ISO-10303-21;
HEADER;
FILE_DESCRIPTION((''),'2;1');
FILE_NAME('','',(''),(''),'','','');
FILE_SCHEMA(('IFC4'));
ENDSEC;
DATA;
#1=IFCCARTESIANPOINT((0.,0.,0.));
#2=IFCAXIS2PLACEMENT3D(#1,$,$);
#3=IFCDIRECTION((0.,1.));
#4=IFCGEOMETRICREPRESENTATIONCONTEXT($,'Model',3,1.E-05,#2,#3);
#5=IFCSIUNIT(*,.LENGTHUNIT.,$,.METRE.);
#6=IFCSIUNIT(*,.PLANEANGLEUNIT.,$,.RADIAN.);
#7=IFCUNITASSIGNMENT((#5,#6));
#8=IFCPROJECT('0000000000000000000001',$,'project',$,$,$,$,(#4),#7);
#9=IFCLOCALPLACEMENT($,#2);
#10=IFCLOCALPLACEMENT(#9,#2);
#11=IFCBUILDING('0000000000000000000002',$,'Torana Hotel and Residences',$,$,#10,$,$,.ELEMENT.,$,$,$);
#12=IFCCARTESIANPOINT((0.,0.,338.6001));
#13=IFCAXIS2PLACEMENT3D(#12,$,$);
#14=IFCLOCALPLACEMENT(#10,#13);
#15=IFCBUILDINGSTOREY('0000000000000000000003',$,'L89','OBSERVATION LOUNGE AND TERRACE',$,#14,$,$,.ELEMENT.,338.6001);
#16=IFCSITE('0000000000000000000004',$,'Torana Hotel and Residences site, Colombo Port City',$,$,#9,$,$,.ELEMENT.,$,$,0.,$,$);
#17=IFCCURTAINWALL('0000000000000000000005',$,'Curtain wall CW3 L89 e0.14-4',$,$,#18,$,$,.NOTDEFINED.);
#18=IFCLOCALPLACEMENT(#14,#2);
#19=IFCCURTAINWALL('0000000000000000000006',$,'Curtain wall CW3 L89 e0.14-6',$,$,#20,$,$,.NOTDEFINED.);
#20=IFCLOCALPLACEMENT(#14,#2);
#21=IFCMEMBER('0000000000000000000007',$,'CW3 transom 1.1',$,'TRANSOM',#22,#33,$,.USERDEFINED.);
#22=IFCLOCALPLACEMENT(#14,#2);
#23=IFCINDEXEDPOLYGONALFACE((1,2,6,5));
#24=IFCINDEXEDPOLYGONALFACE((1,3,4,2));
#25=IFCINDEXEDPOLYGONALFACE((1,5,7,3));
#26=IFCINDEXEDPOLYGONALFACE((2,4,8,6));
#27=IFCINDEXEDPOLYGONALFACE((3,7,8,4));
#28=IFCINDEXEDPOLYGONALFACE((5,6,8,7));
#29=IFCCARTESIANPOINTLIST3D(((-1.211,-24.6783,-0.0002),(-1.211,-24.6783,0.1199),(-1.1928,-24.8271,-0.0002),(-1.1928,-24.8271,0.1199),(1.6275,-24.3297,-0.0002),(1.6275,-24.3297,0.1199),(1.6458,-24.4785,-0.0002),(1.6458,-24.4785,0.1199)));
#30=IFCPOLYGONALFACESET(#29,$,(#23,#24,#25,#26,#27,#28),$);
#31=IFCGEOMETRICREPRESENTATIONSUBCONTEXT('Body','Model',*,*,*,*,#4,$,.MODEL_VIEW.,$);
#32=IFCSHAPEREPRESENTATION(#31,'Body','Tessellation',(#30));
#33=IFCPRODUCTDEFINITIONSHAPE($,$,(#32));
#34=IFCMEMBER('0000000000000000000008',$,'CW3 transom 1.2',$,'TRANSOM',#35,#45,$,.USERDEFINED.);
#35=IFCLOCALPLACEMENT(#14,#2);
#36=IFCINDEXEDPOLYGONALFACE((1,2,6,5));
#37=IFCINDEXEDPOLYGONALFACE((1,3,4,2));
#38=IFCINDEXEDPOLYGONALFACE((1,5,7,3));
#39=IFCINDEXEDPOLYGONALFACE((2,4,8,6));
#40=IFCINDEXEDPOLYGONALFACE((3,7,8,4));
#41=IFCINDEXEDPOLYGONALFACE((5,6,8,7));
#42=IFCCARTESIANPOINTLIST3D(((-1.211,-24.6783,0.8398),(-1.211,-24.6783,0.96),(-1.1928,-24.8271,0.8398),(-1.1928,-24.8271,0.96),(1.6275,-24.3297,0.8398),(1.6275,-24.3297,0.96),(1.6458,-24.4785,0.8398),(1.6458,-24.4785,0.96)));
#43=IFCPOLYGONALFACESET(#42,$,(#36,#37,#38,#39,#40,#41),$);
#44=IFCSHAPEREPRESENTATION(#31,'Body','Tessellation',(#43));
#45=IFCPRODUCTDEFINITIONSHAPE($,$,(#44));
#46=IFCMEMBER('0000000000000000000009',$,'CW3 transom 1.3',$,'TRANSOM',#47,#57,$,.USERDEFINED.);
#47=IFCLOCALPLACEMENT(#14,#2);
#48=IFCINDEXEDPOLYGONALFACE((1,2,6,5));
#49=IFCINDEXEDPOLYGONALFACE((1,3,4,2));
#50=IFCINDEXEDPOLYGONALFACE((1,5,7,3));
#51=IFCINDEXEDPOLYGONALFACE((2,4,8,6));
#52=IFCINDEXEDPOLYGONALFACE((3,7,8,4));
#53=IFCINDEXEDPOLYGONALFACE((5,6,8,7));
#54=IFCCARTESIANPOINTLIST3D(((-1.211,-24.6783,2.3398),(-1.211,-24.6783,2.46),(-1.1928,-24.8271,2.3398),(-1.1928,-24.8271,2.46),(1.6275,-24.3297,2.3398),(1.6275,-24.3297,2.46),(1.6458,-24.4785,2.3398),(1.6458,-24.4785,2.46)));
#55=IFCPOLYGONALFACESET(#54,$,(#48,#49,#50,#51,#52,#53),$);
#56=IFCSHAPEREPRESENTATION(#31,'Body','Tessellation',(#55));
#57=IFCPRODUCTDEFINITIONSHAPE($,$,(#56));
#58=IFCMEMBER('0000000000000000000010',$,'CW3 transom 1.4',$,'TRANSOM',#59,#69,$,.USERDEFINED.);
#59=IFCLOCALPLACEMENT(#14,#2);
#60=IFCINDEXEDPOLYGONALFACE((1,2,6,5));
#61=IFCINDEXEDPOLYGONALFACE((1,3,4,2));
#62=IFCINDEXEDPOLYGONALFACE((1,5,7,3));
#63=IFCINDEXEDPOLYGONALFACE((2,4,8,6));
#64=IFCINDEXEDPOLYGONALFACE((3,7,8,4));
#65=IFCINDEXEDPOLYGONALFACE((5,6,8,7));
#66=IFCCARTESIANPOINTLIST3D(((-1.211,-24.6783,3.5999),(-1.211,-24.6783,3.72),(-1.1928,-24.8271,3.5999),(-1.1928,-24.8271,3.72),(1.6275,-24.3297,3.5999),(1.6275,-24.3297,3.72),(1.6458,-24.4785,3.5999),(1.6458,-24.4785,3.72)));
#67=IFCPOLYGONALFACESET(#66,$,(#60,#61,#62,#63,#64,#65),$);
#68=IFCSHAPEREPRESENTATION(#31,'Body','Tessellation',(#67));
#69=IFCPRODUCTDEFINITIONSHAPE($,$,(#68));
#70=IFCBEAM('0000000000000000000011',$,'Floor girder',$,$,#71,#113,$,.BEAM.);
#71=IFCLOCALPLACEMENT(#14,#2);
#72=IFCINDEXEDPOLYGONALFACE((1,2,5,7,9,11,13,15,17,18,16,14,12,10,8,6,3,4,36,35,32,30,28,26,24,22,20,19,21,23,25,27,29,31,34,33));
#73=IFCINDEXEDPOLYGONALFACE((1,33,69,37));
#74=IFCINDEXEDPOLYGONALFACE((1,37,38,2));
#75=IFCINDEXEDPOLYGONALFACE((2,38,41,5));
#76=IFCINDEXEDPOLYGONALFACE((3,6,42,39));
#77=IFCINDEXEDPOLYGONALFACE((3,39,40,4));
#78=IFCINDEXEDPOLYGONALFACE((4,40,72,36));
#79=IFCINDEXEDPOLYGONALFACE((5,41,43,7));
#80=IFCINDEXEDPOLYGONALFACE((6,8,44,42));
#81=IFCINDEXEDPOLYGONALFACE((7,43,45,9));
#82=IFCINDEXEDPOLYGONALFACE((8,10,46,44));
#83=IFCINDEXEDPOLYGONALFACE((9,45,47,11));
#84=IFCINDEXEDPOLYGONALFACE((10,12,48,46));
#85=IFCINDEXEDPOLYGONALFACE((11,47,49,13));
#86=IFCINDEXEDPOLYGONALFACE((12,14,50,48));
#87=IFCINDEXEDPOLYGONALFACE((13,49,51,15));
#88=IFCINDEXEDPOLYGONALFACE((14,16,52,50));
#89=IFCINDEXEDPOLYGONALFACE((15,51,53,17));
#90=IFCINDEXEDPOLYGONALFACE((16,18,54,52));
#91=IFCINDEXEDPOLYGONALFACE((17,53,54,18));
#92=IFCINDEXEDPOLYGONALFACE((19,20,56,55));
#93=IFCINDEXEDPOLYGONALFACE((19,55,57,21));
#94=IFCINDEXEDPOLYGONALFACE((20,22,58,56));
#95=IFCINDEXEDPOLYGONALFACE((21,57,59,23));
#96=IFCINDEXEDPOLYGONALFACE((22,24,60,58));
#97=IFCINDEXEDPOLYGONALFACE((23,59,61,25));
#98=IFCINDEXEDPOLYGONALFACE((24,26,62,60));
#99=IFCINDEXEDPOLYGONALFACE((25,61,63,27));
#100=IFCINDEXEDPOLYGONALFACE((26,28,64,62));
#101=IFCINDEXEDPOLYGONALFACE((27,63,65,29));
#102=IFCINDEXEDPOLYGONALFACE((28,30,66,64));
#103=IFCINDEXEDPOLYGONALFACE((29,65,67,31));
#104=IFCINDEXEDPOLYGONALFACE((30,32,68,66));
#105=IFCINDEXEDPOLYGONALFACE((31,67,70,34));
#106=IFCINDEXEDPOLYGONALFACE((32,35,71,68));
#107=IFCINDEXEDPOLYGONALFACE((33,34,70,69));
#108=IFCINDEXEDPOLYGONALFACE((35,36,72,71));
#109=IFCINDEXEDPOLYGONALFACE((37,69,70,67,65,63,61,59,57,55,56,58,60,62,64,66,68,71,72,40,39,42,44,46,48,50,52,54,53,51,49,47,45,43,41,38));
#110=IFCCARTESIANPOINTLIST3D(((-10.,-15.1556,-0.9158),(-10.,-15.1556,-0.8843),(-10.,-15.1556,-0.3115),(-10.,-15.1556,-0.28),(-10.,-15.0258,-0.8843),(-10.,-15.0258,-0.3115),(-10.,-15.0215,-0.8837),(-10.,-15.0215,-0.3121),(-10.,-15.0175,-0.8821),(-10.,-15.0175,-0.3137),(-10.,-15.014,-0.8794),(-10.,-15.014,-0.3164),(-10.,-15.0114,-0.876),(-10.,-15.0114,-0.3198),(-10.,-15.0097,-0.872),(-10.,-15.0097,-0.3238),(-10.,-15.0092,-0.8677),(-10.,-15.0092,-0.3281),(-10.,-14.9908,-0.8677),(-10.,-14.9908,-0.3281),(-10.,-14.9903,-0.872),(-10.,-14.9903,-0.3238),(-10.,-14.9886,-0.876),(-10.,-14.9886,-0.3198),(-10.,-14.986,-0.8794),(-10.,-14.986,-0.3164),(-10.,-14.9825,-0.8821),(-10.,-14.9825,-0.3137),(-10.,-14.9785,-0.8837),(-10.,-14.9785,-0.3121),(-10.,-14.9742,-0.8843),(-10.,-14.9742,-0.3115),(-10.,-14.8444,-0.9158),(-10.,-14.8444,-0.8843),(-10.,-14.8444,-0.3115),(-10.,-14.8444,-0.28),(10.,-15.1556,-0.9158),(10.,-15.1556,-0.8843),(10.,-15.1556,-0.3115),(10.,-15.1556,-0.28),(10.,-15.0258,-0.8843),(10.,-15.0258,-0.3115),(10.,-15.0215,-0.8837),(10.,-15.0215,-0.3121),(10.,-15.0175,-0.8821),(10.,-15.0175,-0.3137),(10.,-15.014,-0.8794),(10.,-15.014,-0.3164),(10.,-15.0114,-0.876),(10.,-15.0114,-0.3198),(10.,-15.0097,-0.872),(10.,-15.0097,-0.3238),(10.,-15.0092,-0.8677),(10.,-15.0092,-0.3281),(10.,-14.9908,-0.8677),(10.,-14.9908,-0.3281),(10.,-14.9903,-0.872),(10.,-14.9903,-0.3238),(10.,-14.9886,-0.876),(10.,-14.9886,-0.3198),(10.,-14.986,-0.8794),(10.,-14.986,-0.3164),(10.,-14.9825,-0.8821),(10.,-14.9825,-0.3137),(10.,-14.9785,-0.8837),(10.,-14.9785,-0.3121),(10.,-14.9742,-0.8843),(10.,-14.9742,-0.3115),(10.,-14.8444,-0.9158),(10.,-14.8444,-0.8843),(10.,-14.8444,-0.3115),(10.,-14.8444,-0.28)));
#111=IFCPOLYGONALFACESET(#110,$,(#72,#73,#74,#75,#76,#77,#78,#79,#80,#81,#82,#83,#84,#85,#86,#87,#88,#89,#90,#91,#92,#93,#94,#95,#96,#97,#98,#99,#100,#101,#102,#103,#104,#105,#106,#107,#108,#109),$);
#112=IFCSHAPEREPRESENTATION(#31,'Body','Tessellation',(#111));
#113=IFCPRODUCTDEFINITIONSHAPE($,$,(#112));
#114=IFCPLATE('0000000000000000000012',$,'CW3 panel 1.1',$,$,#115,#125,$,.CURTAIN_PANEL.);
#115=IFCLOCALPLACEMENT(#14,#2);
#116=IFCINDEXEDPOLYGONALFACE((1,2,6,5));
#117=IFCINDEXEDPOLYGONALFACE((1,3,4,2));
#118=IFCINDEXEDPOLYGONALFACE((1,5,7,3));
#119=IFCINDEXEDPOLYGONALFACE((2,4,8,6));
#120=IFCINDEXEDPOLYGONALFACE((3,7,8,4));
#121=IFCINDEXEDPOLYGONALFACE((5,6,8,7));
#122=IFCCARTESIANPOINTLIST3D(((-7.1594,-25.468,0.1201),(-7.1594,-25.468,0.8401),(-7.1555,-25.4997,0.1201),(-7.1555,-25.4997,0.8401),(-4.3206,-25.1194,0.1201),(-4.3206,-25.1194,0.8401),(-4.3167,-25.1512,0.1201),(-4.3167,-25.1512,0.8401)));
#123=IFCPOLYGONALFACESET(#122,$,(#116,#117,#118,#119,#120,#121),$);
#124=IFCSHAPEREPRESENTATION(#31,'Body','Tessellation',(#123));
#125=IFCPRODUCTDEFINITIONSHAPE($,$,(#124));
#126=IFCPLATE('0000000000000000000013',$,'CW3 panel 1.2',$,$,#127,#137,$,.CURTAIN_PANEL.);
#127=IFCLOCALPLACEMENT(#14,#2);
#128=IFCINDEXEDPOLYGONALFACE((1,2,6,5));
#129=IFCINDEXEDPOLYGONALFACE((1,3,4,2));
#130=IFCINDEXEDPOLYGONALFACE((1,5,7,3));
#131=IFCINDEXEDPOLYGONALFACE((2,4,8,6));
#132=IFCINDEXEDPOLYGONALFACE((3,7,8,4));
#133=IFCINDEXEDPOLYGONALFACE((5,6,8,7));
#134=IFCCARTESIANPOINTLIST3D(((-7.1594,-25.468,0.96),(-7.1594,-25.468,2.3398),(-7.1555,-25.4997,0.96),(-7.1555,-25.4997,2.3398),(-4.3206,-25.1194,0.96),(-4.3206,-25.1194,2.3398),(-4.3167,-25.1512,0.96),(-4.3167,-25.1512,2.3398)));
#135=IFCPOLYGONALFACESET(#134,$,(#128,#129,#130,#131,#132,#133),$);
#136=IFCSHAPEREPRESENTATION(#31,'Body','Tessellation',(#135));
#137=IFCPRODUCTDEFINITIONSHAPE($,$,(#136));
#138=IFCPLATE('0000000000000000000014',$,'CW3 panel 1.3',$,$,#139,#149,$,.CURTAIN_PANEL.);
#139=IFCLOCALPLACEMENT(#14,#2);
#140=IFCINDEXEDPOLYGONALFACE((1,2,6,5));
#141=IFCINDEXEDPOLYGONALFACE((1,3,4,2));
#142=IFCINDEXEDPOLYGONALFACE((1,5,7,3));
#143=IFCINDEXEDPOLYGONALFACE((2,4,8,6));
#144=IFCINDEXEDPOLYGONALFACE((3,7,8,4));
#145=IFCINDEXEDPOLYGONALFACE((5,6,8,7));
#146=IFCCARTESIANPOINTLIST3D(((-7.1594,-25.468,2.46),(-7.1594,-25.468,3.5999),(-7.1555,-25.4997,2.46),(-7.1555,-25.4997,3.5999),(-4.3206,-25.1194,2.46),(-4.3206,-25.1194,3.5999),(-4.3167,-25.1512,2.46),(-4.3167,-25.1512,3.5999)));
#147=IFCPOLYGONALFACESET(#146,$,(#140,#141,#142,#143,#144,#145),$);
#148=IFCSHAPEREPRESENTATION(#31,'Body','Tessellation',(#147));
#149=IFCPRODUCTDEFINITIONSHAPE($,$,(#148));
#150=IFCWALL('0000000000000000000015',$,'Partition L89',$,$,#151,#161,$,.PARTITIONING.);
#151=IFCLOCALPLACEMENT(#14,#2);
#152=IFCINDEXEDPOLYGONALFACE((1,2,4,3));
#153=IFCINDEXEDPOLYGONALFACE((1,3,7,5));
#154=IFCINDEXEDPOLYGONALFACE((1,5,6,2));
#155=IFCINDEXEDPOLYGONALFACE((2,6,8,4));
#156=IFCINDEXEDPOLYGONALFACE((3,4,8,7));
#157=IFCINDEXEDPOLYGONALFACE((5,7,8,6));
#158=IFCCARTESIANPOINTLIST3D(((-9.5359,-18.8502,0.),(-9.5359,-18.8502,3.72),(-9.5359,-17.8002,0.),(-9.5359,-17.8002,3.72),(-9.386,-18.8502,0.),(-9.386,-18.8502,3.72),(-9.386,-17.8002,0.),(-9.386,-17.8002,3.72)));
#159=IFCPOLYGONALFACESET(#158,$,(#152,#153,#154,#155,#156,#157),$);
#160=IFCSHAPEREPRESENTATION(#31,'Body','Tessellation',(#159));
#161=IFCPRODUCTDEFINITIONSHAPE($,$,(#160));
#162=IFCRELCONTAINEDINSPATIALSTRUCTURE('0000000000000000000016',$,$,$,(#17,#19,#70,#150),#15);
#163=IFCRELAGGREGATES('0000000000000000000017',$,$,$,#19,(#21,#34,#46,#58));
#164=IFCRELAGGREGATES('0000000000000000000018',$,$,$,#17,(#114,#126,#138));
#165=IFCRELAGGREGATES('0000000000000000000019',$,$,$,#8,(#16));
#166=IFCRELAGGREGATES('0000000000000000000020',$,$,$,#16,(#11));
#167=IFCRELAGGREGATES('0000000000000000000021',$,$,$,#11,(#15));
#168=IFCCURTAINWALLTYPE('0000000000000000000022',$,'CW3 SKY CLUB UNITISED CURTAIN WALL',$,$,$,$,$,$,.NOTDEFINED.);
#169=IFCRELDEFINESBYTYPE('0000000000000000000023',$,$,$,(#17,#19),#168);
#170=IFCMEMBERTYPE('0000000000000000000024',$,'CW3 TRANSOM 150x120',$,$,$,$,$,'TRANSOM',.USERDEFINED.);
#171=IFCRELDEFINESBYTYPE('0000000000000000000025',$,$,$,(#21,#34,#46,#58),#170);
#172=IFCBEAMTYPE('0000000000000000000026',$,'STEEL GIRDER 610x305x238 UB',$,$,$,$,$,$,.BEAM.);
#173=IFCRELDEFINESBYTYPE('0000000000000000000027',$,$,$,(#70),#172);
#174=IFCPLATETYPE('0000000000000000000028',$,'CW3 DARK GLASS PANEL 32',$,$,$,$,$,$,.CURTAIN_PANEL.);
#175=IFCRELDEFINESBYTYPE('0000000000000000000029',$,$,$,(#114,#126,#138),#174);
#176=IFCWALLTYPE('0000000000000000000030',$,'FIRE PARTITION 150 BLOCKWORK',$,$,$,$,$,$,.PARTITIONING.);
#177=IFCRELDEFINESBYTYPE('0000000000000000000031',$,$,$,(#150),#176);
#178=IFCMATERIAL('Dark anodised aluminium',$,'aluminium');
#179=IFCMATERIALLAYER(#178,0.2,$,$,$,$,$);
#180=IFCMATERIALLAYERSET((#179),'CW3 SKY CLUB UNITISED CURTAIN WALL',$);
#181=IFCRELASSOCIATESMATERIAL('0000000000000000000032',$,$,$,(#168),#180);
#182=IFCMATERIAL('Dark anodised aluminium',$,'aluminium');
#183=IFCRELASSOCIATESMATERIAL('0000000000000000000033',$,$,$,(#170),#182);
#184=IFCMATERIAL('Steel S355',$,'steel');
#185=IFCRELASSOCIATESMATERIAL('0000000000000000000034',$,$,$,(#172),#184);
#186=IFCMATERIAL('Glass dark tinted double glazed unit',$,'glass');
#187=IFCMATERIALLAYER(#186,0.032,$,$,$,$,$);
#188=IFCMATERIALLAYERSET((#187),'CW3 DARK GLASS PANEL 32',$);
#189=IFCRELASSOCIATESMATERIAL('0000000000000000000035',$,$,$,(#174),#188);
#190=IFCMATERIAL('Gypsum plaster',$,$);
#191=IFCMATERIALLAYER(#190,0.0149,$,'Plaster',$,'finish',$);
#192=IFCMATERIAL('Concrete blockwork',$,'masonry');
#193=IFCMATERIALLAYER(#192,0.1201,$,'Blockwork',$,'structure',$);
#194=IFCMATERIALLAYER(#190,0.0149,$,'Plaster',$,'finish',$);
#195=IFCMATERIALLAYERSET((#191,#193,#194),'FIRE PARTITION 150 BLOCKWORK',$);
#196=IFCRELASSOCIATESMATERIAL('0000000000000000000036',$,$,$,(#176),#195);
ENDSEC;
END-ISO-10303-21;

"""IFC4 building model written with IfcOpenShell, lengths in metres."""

from ifc_helpers import new_model, si_unit, direction, frame, frame_2d, origin, origin_2d, place, context, subcontext, project, spatial, rectangle, i_section, extrude, material, layer, layer_set, material_profile, profile_set, type_object, element, aggregate, save


model = new_model("IFC4")

# Units and contexts
model_context = context("Model", 3, precision=1e-05, world=origin(), true_north=direction((0.0, 1.0)))
body_context = subcontext(model_context, "Body", "Model", "MODEL_VIEW")
ifc_project = project(units=[si_unit("LENGTHUNIT", "METRE"), si_unit("PLANEANGLEUNIT", "RADIAN")], contexts=[model_context])

# Site, building, storey
site_placement = place(None, origin())
site = spatial("IfcSite", under=ifc_project, at=site_placement, Name="Torana Hotel and Residences site, Colombo Port City", CompositionType="ELEMENT", RefElevation=0.0)
building_placement = place(site_placement, origin())
building = spatial("IfcBuilding", under=site, at=building_placement, Name="Torana Hotel and Residences", CompositionType="ELEMENT")
storey_placement = place(building_placement, frame((0.0, 0.0, 338.6001)))
storey = spatial("IfcBuildingStorey", under=building, at=storey_placement, Name="L89", Description="OBSERVATION LOUNGE AND TERRACE", CompositionType="ELEMENT", Elevation=338.6001)

# Curtain wall
ifc_material_1 = material(Name="Dark anodised aluminium", Category="aluminium")
ifc_layer_1 = layer(ifc_material_1, 0.2)
ifc_layer_set_1 = layer_set([ifc_layer_1], Name="CW3 SKY CLUB UNITISED CURTAIN WALL")
curtain_wall_type = type_object("IfcCurtainWallType", Name="CW3 SKY CLUB UNITISED CURTAIN WALL", PredefinedType="NOTDEFINED", material=ifc_layer_set_1)
curtain_wall_1_placement = place(storey_placement, origin())
curtain_wall_1 = element("IfcCurtainWall", 1, at=curtain_wall_1_placement, inside=storey, type_object=curtain_wall_type, Name="Curtain wall CW3 L89 e0.14-4", PredefinedType="NOTDEFINED")

# Curtain wall, members
curtain_wall_2_placement = place(storey_placement, origin())
curtain_wall_2 = element("IfcCurtainWall", 2, at=curtain_wall_2_placement, inside=storey, type_object=curtain_wall_type, Name="Curtain wall CW3 L89 e0.14-6", PredefinedType="NOTDEFINED")
ifc_material_2 = material(Name="Dark anodised aluminium", Category="aluminium")
ifc_material_profile_1 = material_profile(ifc_material_2, rectangle(XDim=0.1499, YDim=0.1201, at=origin_2d()), Name="CW3 TRANSOM 150x120")
ifc_profile_set_1 = profile_set([ifc_material_profile_1], Name="Dark anodised aluminium")
member_type_1 = type_object("IfcMemberType", Name="CW3 TRANSOM 150x120", ElementType="TRANSOM", PredefinedType="USERDEFINED", material=ifc_profile_set_1)
member_1_placement = place(storey_placement, frame((-1.2019, -24.7527, 0.0598), z_axis=(0.992542, 0.121902, 0.0), x_axis=(-0.121902, 0.992542, 0.0)))
member_1 = element("IfcMember", 3, at=member_1_placement, type_object=member_type_1, Name="CW3 transom 1.1", ObjectType="TRANSOM", PredefinedType="USERDEFINED", context=body_context, shape_type="SweptSolid", body=[
    extrude(rectangle(XDim=0.1499, YDim=0.1201, at=origin_2d()), origin(), (0.0, 0.0, 1.0), 2.8599),
])
member_2_placement = place(storey_placement, frame((-1.2019, -24.7527, 0.8999), z_axis=(0.992542, 0.121902, 0.0), x_axis=(-0.121902, 0.992542, 0.0)))
member_2 = element("IfcMember", 4, at=member_2_placement, type_object=member_type_1, Name="CW3 transom 1.2", ObjectType="TRANSOM", PredefinedType="USERDEFINED", context=body_context, shape_type="SweptSolid", body=[
    extrude(rectangle(XDim=0.1499, YDim=0.1201, at=origin_2d()), origin(), (0.0, 0.0, 1.0), 2.8599),
])
member_3_placement = place(storey_placement, frame((-1.2019, -24.7527, 2.3999), z_axis=(0.992542, 0.121902, 0.0), x_axis=(-0.121902, 0.992542, 0.0)))
member_3 = element("IfcMember", 5, at=member_3_placement, type_object=member_type_1, Name="CW3 transom 1.3", ObjectType="TRANSOM", PredefinedType="USERDEFINED", context=body_context, shape_type="SweptSolid", body=[
    extrude(rectangle(XDim=0.1499, YDim=0.1201, at=origin_2d()), origin(), (0.0, 0.0, 1.0), 2.8599),
])
member_4_placement = place(storey_placement, frame((-1.2019, -24.7527, 3.6599), z_axis=(0.992542, 0.121902, 0.0), x_axis=(-0.121902, 0.992542, 0.0)))
member_4 = element("IfcMember", 6, at=member_4_placement, type_object=member_type_1, Name="CW3 transom 1.4", ObjectType="TRANSOM", PredefinedType="USERDEFINED", context=body_context, shape_type="SweptSolid", body=[
    extrude(rectangle(XDim=0.1499, YDim=0.1201, at=origin_2d()), origin(), (0.0, 0.0, 1.0), 2.8599),
])
aggregate(curtain_wall_2, [member_1, member_2, member_3, member_4])

# Beam
ifc_material_3 = material(Name="Steel S355", Category="steel")
ifc_material_profile_2 = material_profile(ifc_material_3, i_section(OverallWidth=0.3113, OverallDepth=0.6357, WebThickness=0.0183, FlangeThickness=0.0315, FilletRadius=0.0166, at=origin_2d()), Name="610x305x238 UB")
ifc_profile_set_2 = profile_set([ifc_material_profile_2], Name="Steel S355")
beam_type_1 = type_object("IfcBeamType", Name="STEEL GIRDER 610x305x238 UB", PredefinedType="BEAM", material=ifc_profile_set_2)
beam_1_placement = place(storey_placement, frame((-10.0, -15.0, -0.5979), z_axis=(1.0, 0.0, 0.0), x_axis=(0.0, 1.0, 0.0)))
element("IfcBeam", 7, at=beam_1_placement, inside=storey, type_object=beam_type_1, Name="Floor girder", PredefinedType="BEAM", context=body_context, shape_type="SweptSolid", body=[
    extrude(i_section(OverallWidth=0.3113, OverallDepth=0.6357, WebThickness=0.0183, FlangeThickness=0.0315, FilletRadius=0.0166, at=origin_2d()), origin(), (0.0, 0.0, 1.0), 20.0),
])

# Plates
ifc_material_4 = material(Name="Glass dark tinted double glazed unit", Category="glass")
ifc_layer_2 = layer(ifc_material_4, 0.032)
ifc_layer_set_2 = layer_set([ifc_layer_2], Name="CW3 DARK GLASS PANEL 32")
plate_type = type_object("IfcPlateType", Name="CW3 DARK GLASS PANEL 32", PredefinedType="CURTAIN_PANEL", material=ifc_layer_set_2)
plate_1_placement = place(storey_placement, frame((-5.738, -25.3096, 0.1201), z_axis=(0.0, 0.0, 1.0), x_axis=(0.992547, 0.121864, 0.0)))
plate_1 = element("IfcPlate", 8, at=plate_1_placement, type_object=plate_type, Name="CW3 panel 1.1", PredefinedType="CURTAIN_PANEL", context=body_context, shape_type="SweptSolid", body=[
    extrude(rectangle(XDim=2.8601, YDim=0.032, at=origin_2d()), origin(), (0.0, 0.0, 1.0), 0.72),
])
plate_2_placement = place(storey_placement, frame((-5.738, -25.3096, 0.96), z_axis=(0.0, 0.0, 1.0), x_axis=(0.992547, 0.121864, 0.0)))
plate_2 = element("IfcPlate", 9, at=plate_2_placement, type_object=plate_type, Name="CW3 panel 1.2", PredefinedType="CURTAIN_PANEL", context=body_context, shape_type="SweptSolid", body=[
    extrude(rectangle(XDim=2.8601, YDim=0.032, at=origin_2d()), origin(), (0.0, 0.0, 1.0), 1.3799),
])
plate_3_placement = place(storey_placement, frame((-5.738, -25.3096, 2.46), z_axis=(0.0, 0.0, 1.0), x_axis=(0.992547, 0.121864, 0.0)))
plate_3 = element("IfcPlate", 10, at=plate_3_placement, type_object=plate_type, Name="CW3 panel 1.3", PredefinedType="CURTAIN_PANEL", context=body_context, shape_type="SweptSolid", body=[
    extrude(rectangle(XDim=2.8601, YDim=0.032, at=origin_2d()), origin(), (0.0, 0.0, 1.0), 1.1399),
])
aggregate(curtain_wall_1, [plate_1, plate_2, plate_3])

# Wall
ifc_material_5 = material(Name="Gypsum plaster")
ifc_layer_3 = layer(ifc_material_5, 0.0149, Name="Plaster", Category="finish")
ifc_material_6 = material(Name="Concrete blockwork", Category="masonry")
ifc_layer_4 = layer(ifc_material_6, 0.1201, Name="Blockwork", Category="structure")
ifc_layer_5 = layer(ifc_material_5, 0.0149, Name="Plaster", Category="finish")
ifc_layer_set_3 = layer_set([ifc_layer_3, ifc_layer_4, ifc_layer_5], Name="FIRE PARTITION 150 BLOCKWORK")
wall_type_1 = type_object("IfcWallType", Name="FIRE PARTITION 150 BLOCKWORK", PredefinedType="PARTITIONING", material=ifc_layer_set_3)
wall_1_placement = place(storey_placement, frame((-9.4609, -18.8501, 0.0), z_axis=(0.0, 0.0, 1.0), x_axis=(0.0, 1.0, 0.0)))
element("IfcWall", 11, at=wall_1_placement, inside=storey, type_object=wall_type_1, Name="Partition L89", PredefinedType="PARTITIONING", context=body_context, shape_type="SweptSolid", body=[
    extrude(rectangle(XDim=1.05, YDim=0.1499, at=frame_2d((0.5249, 0.0))), origin(), (0.0, 0.0, 1.0), 3.72),
])

save(model, "model.ifc")
